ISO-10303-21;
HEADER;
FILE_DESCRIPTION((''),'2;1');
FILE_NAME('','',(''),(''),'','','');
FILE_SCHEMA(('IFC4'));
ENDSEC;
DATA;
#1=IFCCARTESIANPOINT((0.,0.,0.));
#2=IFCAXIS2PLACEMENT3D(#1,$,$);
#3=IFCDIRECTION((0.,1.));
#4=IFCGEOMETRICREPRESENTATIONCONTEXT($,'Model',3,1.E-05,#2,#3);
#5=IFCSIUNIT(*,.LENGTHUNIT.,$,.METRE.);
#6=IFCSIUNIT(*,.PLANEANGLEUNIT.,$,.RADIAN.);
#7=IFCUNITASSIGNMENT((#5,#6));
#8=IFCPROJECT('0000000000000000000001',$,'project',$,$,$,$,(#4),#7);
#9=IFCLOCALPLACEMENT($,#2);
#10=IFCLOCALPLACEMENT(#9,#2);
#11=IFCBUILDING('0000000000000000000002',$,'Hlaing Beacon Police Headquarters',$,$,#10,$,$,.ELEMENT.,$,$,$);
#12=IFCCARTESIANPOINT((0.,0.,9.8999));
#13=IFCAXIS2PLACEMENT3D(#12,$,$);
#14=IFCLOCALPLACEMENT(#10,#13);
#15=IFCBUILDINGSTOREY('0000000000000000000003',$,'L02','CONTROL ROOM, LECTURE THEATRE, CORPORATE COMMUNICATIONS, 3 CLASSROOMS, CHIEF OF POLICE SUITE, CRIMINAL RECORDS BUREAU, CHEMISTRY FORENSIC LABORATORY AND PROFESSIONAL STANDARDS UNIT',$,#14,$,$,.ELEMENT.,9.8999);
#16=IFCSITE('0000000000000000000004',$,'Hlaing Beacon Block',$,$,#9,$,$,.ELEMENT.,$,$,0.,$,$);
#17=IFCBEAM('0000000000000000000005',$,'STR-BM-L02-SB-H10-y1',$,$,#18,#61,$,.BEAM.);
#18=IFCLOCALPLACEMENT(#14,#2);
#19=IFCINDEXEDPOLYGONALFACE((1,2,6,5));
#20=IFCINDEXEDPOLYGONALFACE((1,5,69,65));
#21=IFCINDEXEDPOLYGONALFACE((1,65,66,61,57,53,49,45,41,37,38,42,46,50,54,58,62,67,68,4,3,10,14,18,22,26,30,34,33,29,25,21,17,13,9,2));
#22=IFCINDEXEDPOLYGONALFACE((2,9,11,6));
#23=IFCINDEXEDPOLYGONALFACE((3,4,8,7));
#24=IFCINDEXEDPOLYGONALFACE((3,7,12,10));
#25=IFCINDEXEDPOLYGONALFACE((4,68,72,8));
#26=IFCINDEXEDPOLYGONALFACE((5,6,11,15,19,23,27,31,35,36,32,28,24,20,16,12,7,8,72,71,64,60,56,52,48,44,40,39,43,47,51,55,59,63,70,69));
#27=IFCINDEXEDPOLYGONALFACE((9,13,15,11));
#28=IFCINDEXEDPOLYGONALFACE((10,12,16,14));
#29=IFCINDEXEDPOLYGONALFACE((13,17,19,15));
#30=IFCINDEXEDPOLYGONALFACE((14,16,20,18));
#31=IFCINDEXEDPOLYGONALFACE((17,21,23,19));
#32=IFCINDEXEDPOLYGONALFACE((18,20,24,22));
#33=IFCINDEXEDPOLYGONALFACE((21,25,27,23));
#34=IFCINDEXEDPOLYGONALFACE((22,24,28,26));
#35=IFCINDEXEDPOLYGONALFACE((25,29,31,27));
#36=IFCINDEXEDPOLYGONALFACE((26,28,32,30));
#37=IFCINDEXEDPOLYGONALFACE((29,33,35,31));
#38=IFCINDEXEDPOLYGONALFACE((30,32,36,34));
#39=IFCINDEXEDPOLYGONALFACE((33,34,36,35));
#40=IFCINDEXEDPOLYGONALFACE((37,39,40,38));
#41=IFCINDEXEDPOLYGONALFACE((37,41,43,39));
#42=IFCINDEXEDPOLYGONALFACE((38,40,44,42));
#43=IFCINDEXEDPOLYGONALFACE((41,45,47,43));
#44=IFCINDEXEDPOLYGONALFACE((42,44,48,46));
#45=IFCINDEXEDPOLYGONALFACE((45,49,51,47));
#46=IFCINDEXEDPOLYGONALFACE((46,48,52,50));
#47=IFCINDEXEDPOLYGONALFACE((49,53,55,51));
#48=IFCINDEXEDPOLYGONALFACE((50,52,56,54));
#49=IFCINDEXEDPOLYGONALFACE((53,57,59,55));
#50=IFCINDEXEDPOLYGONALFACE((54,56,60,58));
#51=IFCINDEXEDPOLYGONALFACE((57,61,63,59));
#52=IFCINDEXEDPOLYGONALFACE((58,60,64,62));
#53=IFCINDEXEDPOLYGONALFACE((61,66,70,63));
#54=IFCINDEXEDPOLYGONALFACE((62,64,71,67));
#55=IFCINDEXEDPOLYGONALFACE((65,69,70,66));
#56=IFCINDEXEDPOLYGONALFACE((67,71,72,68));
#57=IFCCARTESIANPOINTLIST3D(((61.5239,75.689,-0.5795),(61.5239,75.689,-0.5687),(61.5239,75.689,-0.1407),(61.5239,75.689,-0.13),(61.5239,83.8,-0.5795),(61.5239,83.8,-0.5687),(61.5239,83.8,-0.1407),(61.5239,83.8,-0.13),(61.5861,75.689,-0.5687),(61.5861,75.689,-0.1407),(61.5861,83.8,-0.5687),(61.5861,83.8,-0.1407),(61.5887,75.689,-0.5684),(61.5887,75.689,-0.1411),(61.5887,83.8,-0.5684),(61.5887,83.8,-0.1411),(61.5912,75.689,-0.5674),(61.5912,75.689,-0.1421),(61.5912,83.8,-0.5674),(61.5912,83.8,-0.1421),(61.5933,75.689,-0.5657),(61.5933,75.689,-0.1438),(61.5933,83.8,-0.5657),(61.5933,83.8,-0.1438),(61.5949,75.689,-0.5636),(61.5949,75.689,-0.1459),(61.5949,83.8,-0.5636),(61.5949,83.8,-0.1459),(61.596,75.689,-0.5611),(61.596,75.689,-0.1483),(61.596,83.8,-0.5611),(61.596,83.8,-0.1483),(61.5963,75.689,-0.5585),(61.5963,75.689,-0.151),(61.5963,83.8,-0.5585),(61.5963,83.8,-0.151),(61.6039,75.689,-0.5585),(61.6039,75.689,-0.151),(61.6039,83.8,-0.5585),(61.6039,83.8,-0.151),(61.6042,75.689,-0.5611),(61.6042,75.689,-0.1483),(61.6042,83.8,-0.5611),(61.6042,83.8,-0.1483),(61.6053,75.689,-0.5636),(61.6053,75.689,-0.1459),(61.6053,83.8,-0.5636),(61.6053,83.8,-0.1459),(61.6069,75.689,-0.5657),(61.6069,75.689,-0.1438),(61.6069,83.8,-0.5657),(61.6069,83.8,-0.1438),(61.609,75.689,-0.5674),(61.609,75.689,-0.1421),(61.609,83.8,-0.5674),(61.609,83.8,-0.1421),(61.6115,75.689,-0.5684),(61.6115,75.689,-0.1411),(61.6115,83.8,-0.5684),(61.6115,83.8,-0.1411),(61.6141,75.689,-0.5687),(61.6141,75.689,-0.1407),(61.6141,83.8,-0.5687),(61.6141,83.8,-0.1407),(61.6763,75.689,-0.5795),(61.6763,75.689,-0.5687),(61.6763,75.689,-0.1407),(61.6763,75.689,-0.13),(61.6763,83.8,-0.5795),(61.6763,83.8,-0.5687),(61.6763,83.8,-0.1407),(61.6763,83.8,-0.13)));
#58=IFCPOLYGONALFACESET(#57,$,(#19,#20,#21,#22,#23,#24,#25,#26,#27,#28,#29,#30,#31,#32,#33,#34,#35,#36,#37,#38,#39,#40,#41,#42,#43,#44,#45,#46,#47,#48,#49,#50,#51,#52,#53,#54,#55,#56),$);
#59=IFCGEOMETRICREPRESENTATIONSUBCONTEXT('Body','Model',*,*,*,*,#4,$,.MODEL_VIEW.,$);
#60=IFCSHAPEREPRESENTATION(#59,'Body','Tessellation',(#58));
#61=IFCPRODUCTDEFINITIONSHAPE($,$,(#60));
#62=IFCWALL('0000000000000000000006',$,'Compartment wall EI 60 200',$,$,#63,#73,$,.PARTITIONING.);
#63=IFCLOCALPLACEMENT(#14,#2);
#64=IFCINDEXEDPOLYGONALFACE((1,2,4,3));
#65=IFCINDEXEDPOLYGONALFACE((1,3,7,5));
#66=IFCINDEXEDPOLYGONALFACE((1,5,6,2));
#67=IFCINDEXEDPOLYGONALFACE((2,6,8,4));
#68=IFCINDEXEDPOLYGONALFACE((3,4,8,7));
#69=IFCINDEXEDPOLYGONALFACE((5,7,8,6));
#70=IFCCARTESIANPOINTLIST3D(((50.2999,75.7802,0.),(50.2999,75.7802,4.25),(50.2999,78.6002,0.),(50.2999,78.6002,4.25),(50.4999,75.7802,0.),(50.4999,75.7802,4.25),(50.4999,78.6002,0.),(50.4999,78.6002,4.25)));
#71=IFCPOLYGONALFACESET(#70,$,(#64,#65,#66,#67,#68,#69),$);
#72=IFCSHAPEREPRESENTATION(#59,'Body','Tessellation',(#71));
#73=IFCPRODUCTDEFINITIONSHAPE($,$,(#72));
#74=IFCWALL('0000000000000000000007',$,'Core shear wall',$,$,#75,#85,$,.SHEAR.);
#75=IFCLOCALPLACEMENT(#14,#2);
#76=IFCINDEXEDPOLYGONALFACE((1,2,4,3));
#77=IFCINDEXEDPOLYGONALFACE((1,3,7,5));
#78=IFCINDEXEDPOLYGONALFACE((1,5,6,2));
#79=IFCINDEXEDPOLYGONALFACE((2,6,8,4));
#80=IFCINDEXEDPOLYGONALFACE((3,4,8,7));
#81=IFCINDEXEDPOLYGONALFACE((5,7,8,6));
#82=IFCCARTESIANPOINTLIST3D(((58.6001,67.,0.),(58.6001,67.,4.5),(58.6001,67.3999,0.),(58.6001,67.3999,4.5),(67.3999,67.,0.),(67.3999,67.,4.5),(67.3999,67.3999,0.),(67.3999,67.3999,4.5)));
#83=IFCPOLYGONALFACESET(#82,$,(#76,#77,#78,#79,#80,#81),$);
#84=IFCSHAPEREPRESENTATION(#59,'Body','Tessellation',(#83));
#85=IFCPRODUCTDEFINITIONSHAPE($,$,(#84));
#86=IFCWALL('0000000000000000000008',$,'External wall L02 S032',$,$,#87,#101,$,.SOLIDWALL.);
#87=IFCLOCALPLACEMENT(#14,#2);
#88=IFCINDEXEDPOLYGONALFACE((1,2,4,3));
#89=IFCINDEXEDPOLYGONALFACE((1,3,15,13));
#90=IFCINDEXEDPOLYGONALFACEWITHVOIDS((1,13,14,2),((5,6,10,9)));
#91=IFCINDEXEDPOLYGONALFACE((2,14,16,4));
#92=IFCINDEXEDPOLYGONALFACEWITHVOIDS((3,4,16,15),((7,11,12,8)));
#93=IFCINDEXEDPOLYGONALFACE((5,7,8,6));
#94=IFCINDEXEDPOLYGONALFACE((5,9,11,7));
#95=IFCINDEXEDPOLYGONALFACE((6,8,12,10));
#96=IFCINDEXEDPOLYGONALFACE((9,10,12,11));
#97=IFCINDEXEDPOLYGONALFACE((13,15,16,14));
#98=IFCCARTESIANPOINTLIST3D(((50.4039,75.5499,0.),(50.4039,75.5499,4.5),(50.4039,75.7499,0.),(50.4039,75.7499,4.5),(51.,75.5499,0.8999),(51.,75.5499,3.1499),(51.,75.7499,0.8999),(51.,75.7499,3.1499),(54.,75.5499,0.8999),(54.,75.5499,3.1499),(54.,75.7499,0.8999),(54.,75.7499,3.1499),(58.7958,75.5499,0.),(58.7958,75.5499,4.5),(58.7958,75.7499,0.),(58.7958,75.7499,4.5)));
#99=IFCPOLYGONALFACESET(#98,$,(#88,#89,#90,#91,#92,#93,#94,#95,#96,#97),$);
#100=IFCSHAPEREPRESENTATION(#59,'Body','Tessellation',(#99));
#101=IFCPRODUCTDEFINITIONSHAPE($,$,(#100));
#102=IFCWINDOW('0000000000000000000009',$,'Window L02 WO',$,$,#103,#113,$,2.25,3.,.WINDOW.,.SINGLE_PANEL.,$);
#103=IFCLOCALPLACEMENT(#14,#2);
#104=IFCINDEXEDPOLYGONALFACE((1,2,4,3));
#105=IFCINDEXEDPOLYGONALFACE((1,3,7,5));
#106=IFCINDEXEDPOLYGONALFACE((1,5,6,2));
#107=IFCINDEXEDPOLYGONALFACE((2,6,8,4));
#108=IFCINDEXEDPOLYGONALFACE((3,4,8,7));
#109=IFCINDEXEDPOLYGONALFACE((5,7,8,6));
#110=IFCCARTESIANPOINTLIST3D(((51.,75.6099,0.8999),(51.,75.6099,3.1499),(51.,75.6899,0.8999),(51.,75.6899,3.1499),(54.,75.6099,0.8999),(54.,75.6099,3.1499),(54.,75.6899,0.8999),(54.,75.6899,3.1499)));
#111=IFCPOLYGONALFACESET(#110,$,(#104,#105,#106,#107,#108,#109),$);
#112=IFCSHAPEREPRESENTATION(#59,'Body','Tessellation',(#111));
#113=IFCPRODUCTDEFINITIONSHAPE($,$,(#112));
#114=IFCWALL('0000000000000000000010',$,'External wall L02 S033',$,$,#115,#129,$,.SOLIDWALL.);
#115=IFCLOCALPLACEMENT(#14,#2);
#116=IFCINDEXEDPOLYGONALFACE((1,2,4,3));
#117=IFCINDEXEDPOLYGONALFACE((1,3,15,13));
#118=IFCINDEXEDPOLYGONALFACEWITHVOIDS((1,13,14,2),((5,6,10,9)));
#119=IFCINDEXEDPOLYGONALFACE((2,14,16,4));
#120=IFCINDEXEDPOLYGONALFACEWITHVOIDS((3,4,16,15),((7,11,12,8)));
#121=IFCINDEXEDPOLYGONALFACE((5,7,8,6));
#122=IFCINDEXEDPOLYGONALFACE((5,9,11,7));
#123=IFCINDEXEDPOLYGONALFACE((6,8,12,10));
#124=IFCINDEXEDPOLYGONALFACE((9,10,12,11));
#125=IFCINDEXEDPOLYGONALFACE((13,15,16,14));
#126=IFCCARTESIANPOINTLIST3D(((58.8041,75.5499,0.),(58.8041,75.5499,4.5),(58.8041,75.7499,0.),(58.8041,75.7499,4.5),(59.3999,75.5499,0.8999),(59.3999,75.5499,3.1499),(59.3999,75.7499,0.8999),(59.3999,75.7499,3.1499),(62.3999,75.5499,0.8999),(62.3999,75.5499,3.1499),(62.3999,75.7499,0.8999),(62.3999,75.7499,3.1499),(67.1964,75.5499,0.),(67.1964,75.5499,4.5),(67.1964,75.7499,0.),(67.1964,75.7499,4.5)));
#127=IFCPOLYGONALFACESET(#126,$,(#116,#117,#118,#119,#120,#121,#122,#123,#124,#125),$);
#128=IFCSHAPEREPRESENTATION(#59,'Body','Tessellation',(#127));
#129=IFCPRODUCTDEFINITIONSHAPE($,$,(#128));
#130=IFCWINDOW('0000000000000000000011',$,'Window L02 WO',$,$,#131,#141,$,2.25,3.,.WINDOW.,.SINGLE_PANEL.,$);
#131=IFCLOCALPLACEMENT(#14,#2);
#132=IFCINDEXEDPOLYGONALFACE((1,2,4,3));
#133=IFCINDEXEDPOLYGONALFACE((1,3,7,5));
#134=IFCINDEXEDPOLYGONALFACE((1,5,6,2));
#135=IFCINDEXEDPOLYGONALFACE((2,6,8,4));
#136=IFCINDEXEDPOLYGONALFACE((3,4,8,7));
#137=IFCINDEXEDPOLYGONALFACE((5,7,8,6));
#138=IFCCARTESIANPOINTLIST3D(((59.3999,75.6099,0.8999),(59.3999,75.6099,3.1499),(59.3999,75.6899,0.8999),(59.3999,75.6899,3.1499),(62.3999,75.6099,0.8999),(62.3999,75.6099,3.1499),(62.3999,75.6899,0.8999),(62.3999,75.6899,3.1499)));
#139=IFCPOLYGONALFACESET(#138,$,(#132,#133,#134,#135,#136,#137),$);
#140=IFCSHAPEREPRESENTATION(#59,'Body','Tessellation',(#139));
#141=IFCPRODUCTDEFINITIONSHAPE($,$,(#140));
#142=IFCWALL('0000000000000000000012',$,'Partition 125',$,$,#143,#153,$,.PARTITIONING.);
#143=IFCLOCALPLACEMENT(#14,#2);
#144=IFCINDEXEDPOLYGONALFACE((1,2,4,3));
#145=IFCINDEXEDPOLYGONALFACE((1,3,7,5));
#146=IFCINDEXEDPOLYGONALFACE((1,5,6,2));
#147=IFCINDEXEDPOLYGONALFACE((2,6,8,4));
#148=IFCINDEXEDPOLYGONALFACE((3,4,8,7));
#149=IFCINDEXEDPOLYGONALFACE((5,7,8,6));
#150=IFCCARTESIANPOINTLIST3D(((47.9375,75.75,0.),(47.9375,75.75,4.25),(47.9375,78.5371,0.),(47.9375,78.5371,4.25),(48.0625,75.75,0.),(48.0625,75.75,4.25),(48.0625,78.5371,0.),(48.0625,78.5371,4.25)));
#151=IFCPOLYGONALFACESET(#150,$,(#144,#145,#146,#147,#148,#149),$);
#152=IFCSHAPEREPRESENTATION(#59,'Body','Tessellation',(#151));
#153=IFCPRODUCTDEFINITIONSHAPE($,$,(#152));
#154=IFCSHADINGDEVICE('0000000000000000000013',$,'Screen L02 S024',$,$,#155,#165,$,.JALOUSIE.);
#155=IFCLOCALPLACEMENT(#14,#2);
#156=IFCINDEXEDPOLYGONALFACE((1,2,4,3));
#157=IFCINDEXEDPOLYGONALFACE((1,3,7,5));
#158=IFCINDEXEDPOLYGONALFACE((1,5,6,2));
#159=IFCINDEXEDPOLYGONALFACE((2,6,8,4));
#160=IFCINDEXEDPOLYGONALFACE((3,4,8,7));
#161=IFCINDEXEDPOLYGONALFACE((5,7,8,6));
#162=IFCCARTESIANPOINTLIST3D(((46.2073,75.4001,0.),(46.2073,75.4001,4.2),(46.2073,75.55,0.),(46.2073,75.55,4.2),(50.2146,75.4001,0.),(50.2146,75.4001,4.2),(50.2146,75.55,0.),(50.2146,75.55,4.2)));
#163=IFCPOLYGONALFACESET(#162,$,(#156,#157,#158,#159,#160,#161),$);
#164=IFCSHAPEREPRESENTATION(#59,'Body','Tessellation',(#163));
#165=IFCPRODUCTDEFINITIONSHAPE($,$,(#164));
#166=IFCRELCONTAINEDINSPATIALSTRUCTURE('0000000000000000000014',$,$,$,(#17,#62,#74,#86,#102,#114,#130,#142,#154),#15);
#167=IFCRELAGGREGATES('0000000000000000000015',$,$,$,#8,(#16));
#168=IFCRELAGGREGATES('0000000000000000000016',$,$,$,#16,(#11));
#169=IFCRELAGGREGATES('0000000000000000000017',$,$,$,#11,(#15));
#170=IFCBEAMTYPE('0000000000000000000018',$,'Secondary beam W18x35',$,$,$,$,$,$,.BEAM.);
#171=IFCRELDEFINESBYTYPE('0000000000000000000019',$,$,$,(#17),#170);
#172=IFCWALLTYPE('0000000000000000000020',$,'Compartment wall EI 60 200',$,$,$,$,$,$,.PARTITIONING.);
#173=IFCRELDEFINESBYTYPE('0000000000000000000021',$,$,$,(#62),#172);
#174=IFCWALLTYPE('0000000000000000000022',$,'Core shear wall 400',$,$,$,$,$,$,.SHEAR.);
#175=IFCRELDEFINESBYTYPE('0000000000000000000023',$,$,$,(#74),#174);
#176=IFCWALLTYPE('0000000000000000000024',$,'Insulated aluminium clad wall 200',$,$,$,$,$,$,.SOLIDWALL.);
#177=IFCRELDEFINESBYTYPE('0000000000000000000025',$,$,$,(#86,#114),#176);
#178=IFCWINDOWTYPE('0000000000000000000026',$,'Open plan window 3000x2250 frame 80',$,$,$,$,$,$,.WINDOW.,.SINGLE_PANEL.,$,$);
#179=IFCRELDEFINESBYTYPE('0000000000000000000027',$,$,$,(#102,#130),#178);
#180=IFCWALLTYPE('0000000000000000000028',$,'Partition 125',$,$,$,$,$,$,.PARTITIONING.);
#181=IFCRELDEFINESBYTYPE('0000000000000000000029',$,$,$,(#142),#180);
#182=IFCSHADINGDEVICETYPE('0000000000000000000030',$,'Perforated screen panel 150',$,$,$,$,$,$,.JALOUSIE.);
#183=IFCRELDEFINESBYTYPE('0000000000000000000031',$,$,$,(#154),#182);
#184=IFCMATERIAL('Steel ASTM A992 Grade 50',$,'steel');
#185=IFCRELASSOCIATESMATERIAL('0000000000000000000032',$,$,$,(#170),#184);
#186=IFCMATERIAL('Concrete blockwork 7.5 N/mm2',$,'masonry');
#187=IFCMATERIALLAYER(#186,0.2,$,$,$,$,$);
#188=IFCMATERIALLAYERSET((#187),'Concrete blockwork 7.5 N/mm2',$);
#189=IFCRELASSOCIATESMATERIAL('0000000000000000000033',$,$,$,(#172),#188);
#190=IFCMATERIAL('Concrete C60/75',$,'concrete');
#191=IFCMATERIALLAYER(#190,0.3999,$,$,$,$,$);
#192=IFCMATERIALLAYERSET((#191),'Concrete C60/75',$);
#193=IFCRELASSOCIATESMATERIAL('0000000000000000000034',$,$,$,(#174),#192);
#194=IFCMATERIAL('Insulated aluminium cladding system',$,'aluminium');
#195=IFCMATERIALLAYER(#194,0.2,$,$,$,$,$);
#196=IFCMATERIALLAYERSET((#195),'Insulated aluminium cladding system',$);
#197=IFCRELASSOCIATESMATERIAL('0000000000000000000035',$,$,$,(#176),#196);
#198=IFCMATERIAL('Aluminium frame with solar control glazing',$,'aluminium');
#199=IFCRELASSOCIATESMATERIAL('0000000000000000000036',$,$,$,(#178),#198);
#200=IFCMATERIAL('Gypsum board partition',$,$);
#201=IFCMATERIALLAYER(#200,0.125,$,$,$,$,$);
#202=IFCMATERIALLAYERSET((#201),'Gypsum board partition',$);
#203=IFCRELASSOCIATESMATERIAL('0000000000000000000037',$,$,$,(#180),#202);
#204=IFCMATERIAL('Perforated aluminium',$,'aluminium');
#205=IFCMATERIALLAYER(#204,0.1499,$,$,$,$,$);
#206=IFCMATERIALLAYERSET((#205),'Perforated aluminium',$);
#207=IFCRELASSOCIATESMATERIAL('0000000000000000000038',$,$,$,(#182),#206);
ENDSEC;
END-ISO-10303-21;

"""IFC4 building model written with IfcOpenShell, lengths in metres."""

from ifc_helpers import new_model, si_unit, direction, frame, frame_2d, origin, origin_2d, place, context, subcontext, project, spatial, rectangle, i_section, extrude, material, layer, layer_set, material_profile, profile_set, type_object, element, fill, save


model = new_model("IFC4")

# Units and contexts
model_context = context("Model", 3, precision=1e-05, world=origin(), true_north=direction((0.0, 1.0)))
body_context = subcontext(model_context, "Body", "Model", "MODEL_VIEW")
ifc_project = project(units=[si_unit("LENGTHUNIT", "METRE"), si_unit("PLANEANGLEUNIT", "RADIAN")], contexts=[model_context])

# Site, building, storey
site_placement = place(None, origin())
site = spatial("IfcSite", under=ifc_project, at=site_placement, Name="Hlaing Beacon Block", CompositionType="ELEMENT", RefElevation=0.0)
building_placement = place(site_placement, origin())
building = spatial("IfcBuilding", under=site, at=building_placement, Name="Hlaing Beacon Police Headquarters", CompositionType="ELEMENT")
storey_placement = place(building_placement, frame((0.0, 0.0, 9.8999)))
storey = spatial("IfcBuildingStorey", under=building, at=storey_placement, Name="L02", Description="CONTROL ROOM, LECTURE THEATRE, CORPORATE COMMUNICATIONS, 3 CLASSROOMS, CHIEF OF POLICE SUITE, CRIMINAL RECORDS BUREAU, CHEMISTRY FORENSIC LABORATORY AND PROFESSIONAL STANDARDS UNIT", CompositionType="ELEMENT", Elevation=9.8999)

# Beam
ifc_material_1 = material(Name="Steel ASTM A992 Grade 50", Category="steel")
ifc_material_profile_1 = material_profile(ifc_material_1, i_section(OverallWidth=0.1523, OverallDepth=0.4495, WebThickness=0.0076, FlangeThickness=0.0107, FilletRadius=0.0103, at=origin_2d()), Name="W18x35")
ifc_profile_set_1 = profile_set([ifc_material_profile_1], Name="Steel ASTM A992 Grade 50")
beam_type_1 = type_object("IfcBeamType", Name="Secondary beam W18x35", PredefinedType="BEAM", material=ifc_profile_set_1)
beam_1_placement = place(storey_placement, frame((61.6001, 75.689, -0.3547), z_axis=(0.0, 1.0, 0.0), x_axis=(-1.0, 0.0, 0.0)))
element("IfcBeam", 1, at=beam_1_placement, inside=storey, type_object=beam_type_1, Name="STR-BM-L02-SB-H10-y1", PredefinedType="BEAM", context=body_context, shape_type="SweptSolid", body=[
    extrude(i_section(OverallWidth=0.1523, OverallDepth=0.4495, WebThickness=0.0076, FlangeThickness=0.0107, FilletRadius=0.0103, at=origin_2d()), origin(), (0.0, 0.0, 1.0), 8.1111),
])

# Walls
ifc_material_2 = material(Name="Concrete blockwork 7.5 N/mm2", Category="masonry")
ifc_layer_1 = layer(ifc_material_2, 0.2)
ifc_layer_set_1 = layer_set([ifc_layer_1], Name="Concrete blockwork 7.5 N/mm2")
wall_type_1 = type_object("IfcWallType", Name="Compartment wall EI 60 200", PredefinedType="PARTITIONING", material=ifc_layer_set_1)
wall_1_placement = place(storey_placement, frame((50.3999, 75.78, 0.0), z_axis=(0.0, 0.0, 1.0), x_axis=(0.0, 1.0, 0.0)))
element("IfcWall", 2, at=wall_1_placement, inside=storey, type_object=wall_type_1, Name="Compartment wall EI 60 200", PredefinedType="PARTITIONING", context=body_context, shape_type="SweptSolid", body=[
    extrude(rectangle(XDim=2.8201, YDim=0.2, at=frame_2d((1.4102, 0.0))), origin(), (0.0, 0.0, 1.0), 4.25),
])
ifc_material_3 = material(Name="Concrete C60/75", Category="concrete")
ifc_layer_2 = layer(ifc_material_3, 0.3999)
ifc_layer_set_2 = layer_set([ifc_layer_2], Name="Concrete C60/75")
wall_type_2 = type_object("IfcWallType", Name="Core shear wall 400", PredefinedType="SHEAR", material=ifc_layer_set_2)
wall_2_placement = place(storey_placement, frame((58.6001, 67.2, 0.0), z_axis=(0.0, 0.0, 1.0), x_axis=(1.0, 0.0, 0.0)))
element("IfcWall", 3, at=wall_2_placement, inside=storey, type_object=wall_type_2, Name="Core shear wall", PredefinedType="SHEAR", context=body_context, shape_type="SweptSolid", body=[
    extrude(rectangle(XDim=8.7998, YDim=0.3999, at=frame_2d((4.3999, 0.0))), origin(), (0.0, 0.0, 1.0), 4.5),
])

# Walls, openings, windows
ifc_material_4 = material(Name="Insulated aluminium cladding system", Category="aluminium")
ifc_layer_3 = layer(ifc_material_4, 0.2)
ifc_layer_set_3 = layer_set([ifc_layer_3], Name="Insulated aluminium cladding system")
wall_type_3 = type_object("IfcWallType", Name="Insulated aluminium clad wall 200", PredefinedType="SOLIDWALL", material=ifc_layer_set_3)
wall_3_placement = place(storey_placement, frame((50.4041, 75.6499, 0.0), z_axis=(0.0, 0.0, 1.0), x_axis=(1.0, 0.0, 0.0)))
wall_3 = element("IfcWall", 4, at=wall_3_placement, inside=storey, type_object=wall_type_3, Name="External wall L02 S032", PredefinedType="SOLIDWALL", context=body_context, shape_type="SweptSolid", body=[
    extrude(rectangle(XDim=8.3918, YDim=0.2, at=frame_2d((4.1958, 0.0))), origin(), (0.0, 0.0, 1.0), 4.5),
])
opening_1_placement = place(wall_3_placement, frame((0.5959, 0.0, 0.8999)))
opening_1 = element("IfcOpeningElement", 5, at=opening_1_placement, cuts=wall_3, PredefinedType="OPENING", context=body_context, shape_type="SweptSolid", body=[
    extrude(rectangle(XDim=3.0, YDim=2.25, at=frame_2d((1.5, 1.125))), frame((0.0, 0.1099, 0.0), z_axis=(0.0, -1.0, 0.0), x_axis=(1.0, 0.0, 0.0)), (0.0, 0.0, 1.0), 0.22),
])
ifc_material_5 = material(Name="Aluminium frame with solar control glazing", Category="aluminium")
window_type = type_object("IfcWindowType", Name="Open plan window 3000x2250 frame 80", PartitioningType="SINGLE_PANEL", PredefinedType="WINDOW", material=ifc_material_5)
window_1_placement = place(opening_1_placement, origin())
window_1 = element("IfcWindow", 6, at=window_1_placement, inside=storey, type_object=window_type, Name="Window L02 WO", OverallHeight=2.25, OverallWidth=3.0, PartitioningType="SINGLE_PANEL", PredefinedType="WINDOW", context=body_context, shape_type="SweptSolid", body=[
    extrude(rectangle(XDim=3.0, YDim=2.25, at=frame_2d((1.5, 1.125))), frame((0.0, 0.04, 0.0), z_axis=(0.0, -1.0, 0.0), x_axis=(1.0, 0.0, 0.0)), (0.0, 0.0, 1.0), 0.0801),
])
fill(opening_1, window_1)
wall_4_placement = place(storey_placement, frame((58.804, 75.6499, 0.0), z_axis=(0.0, 0.0, 1.0), x_axis=(1.0, 0.0, 0.0)))
wall_4 = element("IfcWall", 7, at=wall_4_placement, inside=storey, type_object=wall_type_3, Name="External wall L02 S033", PredefinedType="SOLIDWALL", context=body_context, shape_type="SweptSolid", body=[
    extrude(rectangle(XDim=8.3923, YDim=0.2, at=frame_2d((4.1963, 0.0))), origin(), (0.0, 0.0, 1.0), 4.5),
])
opening_2_placement = place(wall_4_placement, frame((0.5959, 0.0, 0.8999)))
opening_2 = element("IfcOpeningElement", 8, at=opening_2_placement, cuts=wall_4, PredefinedType="OPENING", context=body_context, shape_type="SweptSolid", body=[
    extrude(rectangle(XDim=3.0, YDim=2.25, at=frame_2d((1.5, 1.125))), frame((0.0, 0.1099, 0.0), z_axis=(0.0, -1.0, 0.0), x_axis=(1.0, 0.0, 0.0)), (0.0, 0.0, 1.0), 0.22),
])
window_2_placement = place(opening_2_placement, origin())
window_2 = element("IfcWindow", 9, at=window_2_placement, inside=storey, type_object=window_type, Name="Window L02 WO", OverallHeight=2.25, OverallWidth=3.0, PartitioningType="SINGLE_PANEL", PredefinedType="WINDOW", context=body_context, shape_type="SweptSolid", body=[
    extrude(rectangle(XDim=3.0, YDim=2.25, at=frame_2d((1.5, 1.125))), frame((0.0, 0.04, 0.0), z_axis=(0.0, -1.0, 0.0), x_axis=(1.0, 0.0, 0.0)), (0.0, 0.0, 1.0), 0.0801),
])
fill(opening_2, window_2)

# Wall
ifc_material_6 = material(Name="Gypsum board partition")
ifc_layer_4 = layer(ifc_material_6, 0.125)
ifc_layer_set_4 = layer_set([ifc_layer_4], Name="Gypsum board partition")
wall_type_4 = type_object("IfcWallType", Name="Partition 125", PredefinedType="PARTITIONING", material=ifc_layer_set_4)
wall_5_placement = place(storey_placement, frame((48.0, 75.75, 0.0), z_axis=(0.0, 0.0, 1.0), x_axis=(0.0, 1.0, 0.0)))
element("IfcWall", 10, at=wall_5_placement, inside=storey, type_object=wall_type_4, Name="Partition 125", PredefinedType="PARTITIONING", context=body_context, shape_type="SweptSolid", body=[
    extrude(rectangle(XDim=2.7871, YDim=0.125, at=frame_2d((1.3936, 0.0))), origin(), (0.0, 0.0, 1.0), 4.25),
])

# Shading device
ifc_material_7 = material(Name="Perforated aluminium", Category="aluminium")
ifc_layer_5 = layer(ifc_material_7, 0.1499)
ifc_layer_set_5 = layer_set([ifc_layer_5], Name="Perforated aluminium")
shading_device_type = type_object("IfcShadingDeviceType", Name="Perforated screen panel 150", PredefinedType="JALOUSIE", material=ifc_layer_set_5)
shading_device_1_placement = place(storey_placement, frame((48.2109, 75.4751, 0.0), z_axis=(0.0, 0.0, 1.0), x_axis=(1.0, 0.0, 0.0)))
element("IfcShadingDevice", 11, at=shading_device_1_placement, inside=storey, type_object=shading_device_type, Name="Screen L02 S024", PredefinedType="JALOUSIE", context=body_context, shape_type="SweptSolid", body=[
    extrude(rectangle(XDim=4.0073, YDim=0.1499, at=origin_2d()), origin(), (0.0, 0.0, 1.0), 4.2),
])

save(model, "model.ifc")
